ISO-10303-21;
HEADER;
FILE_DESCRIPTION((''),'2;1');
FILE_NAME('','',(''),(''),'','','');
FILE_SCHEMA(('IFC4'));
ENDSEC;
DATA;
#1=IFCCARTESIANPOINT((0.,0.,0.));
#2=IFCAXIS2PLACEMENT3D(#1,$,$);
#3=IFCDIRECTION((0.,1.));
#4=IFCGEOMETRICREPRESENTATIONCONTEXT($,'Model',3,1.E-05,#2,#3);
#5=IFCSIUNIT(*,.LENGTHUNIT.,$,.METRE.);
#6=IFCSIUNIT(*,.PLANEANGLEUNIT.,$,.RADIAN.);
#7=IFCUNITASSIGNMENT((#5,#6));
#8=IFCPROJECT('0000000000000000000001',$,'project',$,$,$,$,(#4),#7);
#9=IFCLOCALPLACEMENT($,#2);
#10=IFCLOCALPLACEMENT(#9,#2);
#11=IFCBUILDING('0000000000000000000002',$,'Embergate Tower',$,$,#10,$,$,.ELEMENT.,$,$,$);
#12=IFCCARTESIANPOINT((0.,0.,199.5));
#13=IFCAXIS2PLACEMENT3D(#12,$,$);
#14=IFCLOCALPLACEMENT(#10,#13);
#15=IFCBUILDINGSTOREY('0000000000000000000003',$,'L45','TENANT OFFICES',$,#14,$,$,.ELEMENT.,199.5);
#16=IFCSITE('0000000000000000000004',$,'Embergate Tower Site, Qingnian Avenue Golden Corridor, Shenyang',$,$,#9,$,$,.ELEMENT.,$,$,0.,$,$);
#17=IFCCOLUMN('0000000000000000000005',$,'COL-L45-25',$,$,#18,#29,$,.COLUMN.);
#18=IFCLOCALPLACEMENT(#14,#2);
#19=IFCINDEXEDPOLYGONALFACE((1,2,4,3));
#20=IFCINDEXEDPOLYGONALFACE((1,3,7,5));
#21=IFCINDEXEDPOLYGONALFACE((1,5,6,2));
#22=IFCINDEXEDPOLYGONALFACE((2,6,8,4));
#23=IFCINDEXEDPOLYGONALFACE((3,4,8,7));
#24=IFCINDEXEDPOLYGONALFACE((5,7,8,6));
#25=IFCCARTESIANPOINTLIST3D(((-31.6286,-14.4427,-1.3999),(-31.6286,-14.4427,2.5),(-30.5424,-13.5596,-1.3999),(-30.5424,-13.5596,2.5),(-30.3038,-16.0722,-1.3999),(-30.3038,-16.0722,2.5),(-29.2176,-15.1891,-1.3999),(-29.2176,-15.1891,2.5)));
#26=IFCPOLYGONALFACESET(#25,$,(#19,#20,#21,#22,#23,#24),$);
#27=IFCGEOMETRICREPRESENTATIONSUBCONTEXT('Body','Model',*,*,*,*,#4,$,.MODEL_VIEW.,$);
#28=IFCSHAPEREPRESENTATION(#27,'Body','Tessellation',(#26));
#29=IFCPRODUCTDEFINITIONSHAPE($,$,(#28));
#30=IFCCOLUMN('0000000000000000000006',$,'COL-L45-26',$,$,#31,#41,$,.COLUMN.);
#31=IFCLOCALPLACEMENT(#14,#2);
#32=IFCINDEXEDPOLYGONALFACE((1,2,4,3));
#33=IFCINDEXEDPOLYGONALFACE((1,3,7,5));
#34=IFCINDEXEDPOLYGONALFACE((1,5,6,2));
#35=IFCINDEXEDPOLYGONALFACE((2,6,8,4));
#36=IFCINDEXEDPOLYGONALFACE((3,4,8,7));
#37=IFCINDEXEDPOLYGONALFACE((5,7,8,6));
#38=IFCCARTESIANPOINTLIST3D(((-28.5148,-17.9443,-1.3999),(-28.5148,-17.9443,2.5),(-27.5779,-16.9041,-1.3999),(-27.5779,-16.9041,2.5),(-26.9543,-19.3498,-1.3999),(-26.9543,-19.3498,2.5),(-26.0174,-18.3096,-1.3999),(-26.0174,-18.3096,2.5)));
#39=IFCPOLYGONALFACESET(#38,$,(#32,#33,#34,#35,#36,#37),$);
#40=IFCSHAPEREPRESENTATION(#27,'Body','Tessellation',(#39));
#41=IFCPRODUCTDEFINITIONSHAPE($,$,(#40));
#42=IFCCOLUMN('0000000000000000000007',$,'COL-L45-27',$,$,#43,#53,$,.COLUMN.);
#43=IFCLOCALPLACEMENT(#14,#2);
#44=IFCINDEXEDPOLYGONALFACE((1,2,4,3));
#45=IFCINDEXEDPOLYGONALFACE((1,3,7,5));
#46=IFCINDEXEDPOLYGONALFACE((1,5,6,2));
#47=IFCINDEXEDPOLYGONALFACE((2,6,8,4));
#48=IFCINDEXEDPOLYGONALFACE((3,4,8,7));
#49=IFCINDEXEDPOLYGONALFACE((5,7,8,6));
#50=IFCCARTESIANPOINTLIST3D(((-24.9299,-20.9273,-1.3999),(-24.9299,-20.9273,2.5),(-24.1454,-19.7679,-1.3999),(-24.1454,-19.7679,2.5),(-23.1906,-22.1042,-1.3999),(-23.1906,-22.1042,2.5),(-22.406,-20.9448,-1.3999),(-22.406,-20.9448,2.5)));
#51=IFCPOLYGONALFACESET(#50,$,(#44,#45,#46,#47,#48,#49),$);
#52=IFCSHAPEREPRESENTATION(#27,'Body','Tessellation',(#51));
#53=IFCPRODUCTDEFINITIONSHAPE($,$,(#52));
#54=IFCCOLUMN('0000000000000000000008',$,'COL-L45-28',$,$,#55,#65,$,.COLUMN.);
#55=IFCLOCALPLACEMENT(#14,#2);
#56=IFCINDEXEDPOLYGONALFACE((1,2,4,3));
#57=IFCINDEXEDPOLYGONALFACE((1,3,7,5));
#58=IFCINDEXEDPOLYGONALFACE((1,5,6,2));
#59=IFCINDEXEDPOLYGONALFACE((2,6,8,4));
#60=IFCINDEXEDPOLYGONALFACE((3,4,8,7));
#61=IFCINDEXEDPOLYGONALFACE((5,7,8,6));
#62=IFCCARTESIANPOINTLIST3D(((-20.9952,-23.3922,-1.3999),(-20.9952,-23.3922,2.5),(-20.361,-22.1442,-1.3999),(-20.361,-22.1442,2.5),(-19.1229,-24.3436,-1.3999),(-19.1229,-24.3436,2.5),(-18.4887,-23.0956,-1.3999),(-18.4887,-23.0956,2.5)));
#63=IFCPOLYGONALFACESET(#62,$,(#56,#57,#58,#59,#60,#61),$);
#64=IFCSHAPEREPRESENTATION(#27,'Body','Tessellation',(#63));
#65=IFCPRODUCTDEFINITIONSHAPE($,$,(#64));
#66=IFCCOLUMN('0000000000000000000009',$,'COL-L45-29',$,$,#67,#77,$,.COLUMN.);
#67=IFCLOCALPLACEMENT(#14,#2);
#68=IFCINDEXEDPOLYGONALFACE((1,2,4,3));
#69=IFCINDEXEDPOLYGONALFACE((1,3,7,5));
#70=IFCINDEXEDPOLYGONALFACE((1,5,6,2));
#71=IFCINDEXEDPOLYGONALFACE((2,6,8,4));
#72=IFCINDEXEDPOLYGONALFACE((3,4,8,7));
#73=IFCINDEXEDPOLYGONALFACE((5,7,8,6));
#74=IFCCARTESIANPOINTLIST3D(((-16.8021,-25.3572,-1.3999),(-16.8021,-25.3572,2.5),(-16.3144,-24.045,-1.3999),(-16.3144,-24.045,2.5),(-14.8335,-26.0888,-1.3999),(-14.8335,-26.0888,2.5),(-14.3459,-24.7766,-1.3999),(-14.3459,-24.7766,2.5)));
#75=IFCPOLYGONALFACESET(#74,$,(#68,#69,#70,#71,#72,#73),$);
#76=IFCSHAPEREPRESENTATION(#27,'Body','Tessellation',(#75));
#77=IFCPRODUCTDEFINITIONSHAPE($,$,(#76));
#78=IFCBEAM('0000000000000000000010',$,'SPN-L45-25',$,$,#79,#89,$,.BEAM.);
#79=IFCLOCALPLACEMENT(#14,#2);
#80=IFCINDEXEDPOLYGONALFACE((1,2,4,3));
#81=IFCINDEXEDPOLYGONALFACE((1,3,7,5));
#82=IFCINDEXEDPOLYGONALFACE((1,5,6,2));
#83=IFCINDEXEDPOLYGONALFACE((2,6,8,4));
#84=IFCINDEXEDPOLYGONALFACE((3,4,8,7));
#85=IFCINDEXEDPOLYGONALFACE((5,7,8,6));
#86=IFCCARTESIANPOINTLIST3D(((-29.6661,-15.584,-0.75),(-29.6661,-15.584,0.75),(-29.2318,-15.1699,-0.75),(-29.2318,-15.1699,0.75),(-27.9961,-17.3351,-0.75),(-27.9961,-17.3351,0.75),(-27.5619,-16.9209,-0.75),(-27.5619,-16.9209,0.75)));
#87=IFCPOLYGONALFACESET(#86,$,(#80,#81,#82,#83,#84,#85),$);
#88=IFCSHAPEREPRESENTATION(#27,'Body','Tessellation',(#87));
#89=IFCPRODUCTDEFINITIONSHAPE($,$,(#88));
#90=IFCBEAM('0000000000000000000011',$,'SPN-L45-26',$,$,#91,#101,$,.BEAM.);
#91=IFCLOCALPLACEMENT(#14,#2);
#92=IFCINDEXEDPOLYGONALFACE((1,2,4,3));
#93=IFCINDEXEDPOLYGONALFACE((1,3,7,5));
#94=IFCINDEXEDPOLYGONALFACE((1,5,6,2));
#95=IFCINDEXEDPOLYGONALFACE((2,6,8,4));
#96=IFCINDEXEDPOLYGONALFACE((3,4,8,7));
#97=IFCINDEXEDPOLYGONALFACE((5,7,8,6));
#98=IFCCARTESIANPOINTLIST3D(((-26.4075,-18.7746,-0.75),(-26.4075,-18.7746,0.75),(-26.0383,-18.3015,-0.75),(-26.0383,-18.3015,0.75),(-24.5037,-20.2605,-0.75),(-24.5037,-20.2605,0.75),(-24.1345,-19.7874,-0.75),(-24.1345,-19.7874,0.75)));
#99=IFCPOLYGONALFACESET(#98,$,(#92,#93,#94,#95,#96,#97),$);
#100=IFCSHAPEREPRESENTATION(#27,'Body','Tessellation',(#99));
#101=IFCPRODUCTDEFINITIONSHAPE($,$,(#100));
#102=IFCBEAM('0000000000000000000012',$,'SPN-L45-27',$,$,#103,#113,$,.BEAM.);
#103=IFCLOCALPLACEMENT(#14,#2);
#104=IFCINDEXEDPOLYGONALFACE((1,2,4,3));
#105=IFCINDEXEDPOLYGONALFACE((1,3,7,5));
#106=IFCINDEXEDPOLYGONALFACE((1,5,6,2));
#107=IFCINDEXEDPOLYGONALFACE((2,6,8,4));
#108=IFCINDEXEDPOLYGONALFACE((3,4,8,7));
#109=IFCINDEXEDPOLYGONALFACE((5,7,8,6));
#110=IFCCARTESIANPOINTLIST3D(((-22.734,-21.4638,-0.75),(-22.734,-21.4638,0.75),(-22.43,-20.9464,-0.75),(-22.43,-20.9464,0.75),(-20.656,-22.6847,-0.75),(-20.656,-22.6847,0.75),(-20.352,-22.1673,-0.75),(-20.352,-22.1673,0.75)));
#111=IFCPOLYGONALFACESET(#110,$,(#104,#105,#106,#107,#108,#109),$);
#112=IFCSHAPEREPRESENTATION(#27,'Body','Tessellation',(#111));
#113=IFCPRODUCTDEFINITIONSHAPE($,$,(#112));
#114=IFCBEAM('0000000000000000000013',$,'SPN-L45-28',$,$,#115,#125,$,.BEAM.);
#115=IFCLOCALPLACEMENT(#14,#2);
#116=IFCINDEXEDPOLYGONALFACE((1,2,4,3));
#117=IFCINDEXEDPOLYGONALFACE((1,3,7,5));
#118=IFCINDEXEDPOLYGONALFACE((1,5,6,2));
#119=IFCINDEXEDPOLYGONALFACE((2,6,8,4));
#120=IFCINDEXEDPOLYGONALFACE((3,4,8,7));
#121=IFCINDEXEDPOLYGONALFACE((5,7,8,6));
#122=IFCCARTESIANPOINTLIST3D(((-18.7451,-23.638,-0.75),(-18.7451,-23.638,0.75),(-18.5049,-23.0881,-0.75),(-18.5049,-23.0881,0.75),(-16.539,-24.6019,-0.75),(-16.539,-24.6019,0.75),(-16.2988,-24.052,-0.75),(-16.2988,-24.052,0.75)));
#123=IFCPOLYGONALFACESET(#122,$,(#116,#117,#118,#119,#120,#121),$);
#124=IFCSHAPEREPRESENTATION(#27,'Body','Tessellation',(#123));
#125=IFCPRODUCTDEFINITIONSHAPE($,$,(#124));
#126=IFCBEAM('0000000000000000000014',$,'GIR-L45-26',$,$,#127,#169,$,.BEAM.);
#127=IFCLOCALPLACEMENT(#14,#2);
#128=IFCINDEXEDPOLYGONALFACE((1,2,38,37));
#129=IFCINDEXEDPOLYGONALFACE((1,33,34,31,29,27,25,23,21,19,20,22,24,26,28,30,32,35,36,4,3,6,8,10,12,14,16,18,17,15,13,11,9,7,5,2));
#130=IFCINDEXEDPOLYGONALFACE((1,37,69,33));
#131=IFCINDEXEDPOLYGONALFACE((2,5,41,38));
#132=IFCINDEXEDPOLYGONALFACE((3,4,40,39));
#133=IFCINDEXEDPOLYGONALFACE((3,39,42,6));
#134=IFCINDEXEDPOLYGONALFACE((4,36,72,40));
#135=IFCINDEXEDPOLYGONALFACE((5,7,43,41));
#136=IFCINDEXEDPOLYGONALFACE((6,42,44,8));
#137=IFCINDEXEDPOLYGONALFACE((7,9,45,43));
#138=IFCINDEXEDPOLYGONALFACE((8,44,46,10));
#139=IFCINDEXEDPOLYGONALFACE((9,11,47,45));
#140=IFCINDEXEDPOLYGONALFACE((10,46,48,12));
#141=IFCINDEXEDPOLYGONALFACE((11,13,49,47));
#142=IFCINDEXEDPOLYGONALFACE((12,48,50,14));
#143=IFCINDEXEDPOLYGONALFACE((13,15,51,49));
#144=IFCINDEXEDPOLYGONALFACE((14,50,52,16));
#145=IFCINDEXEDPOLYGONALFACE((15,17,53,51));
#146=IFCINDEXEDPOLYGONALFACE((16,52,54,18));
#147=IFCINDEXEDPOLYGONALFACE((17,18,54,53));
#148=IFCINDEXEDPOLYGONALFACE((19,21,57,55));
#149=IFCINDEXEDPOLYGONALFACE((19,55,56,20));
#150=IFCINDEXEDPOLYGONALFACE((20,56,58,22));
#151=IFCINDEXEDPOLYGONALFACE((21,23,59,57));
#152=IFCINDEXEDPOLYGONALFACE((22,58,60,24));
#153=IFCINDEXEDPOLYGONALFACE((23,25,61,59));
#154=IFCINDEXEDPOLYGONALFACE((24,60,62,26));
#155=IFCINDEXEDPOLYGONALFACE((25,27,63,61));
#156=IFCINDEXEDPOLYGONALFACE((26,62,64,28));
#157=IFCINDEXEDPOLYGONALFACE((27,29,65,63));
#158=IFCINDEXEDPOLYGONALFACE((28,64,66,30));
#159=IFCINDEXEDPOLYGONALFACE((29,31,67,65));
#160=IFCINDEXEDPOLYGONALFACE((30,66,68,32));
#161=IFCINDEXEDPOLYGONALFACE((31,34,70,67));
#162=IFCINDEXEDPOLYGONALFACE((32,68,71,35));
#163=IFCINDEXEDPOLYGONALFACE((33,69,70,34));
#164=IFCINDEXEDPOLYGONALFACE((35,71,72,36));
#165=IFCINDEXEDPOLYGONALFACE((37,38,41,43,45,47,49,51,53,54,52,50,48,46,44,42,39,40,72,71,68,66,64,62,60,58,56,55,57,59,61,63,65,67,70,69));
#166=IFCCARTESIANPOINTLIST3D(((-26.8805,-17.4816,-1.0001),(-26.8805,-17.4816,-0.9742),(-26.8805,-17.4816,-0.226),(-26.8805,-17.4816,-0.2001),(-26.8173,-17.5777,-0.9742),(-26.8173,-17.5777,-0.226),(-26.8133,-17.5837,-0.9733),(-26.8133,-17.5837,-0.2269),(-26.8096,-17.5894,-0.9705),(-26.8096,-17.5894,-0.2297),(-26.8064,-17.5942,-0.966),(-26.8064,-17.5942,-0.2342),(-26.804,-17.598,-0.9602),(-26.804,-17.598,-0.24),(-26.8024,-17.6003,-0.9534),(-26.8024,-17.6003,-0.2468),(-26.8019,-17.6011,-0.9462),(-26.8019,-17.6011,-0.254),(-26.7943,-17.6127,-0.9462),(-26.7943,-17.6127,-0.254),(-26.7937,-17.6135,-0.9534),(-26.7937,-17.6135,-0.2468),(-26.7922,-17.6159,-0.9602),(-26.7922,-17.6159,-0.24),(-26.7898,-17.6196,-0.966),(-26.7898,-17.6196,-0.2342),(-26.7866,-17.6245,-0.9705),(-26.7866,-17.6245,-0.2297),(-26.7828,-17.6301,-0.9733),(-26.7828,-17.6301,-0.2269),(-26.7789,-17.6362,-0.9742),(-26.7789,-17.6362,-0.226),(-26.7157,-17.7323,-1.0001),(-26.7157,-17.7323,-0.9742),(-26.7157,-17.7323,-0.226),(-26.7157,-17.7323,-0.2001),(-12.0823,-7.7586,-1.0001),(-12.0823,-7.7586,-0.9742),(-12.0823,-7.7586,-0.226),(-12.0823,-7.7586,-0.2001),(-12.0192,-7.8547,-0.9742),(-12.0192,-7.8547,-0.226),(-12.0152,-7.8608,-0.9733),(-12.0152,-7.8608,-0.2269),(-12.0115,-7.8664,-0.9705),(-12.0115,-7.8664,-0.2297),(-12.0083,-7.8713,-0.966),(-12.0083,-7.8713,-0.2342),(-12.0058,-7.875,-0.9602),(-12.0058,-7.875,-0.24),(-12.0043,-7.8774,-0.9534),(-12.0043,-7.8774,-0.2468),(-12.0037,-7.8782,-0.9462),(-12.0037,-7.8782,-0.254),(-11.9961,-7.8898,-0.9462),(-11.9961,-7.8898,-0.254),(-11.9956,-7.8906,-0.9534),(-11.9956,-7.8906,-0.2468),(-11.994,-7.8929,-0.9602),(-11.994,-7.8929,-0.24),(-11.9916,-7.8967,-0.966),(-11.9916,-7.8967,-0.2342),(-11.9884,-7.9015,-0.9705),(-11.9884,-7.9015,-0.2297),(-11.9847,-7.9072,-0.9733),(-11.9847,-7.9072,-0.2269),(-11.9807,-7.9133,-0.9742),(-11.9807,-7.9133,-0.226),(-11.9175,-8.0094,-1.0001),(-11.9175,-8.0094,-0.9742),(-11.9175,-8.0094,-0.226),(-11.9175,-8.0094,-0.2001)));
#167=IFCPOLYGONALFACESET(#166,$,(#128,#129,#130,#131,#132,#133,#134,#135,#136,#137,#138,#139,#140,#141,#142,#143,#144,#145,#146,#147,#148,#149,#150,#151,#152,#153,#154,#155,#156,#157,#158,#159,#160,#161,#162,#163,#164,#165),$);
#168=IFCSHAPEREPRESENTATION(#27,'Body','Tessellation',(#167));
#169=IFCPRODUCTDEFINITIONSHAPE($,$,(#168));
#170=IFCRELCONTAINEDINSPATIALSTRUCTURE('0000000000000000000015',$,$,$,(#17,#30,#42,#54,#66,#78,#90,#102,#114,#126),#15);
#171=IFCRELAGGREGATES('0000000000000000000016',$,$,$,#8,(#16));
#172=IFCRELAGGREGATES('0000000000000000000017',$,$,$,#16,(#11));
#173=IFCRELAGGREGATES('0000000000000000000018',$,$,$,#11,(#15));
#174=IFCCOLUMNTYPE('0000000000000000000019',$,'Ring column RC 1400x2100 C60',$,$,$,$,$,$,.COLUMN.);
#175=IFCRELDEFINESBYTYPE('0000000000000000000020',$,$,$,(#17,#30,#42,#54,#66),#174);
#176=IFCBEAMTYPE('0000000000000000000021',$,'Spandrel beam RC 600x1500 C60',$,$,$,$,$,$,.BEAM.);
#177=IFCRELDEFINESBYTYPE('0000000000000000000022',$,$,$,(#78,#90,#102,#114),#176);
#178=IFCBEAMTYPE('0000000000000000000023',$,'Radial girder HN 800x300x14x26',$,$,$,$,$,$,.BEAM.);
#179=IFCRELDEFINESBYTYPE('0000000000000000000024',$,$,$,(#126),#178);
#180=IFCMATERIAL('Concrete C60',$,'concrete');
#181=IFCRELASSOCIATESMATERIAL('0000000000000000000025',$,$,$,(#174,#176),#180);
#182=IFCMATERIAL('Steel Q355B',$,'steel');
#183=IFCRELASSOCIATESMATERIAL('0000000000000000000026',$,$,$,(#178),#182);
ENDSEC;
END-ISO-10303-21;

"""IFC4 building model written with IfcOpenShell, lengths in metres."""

from ifc_helpers import new_model, si_unit, direction, frame, origin, origin_2d, place, context, subcontext, project, spatial, rectangle, i_section, extrude, source, transform, mapped, material, material_profile, profile_set, type_object, element, save


model = new_model("IFC4")

# Units and contexts
model_context = context("Model", 3, precision=1e-05, world=origin(), true_north=direction((0.0, 1.0)))
body_context = subcontext(model_context, "Body", "Model", "MODEL_VIEW")
ifc_project = project(units=[si_unit("LENGTHUNIT", "METRE"), si_unit("PLANEANGLEUNIT", "RADIAN")], contexts=[model_context])

# Site, building, storey
site_placement = place(None, origin())
site = spatial("IfcSite", under=ifc_project, at=site_placement, Name="Embergate Tower Site, Qingnian Avenue Golden Corridor, Shenyang", CompositionType="ELEMENT", RefElevation=0.0)
building_placement = place(site_placement, origin())
building = spatial("IfcBuilding", under=site, at=building_placement, Name="Embergate Tower", CompositionType="ELEMENT")
storey_placement = place(building_placement, frame((0.0, 0.0, 199.5)))
storey = spatial("IfcBuildingStorey", under=building, at=storey_placement, Name="L45", Description="TENANT OFFICES", CompositionType="ELEMENT", Elevation=199.5)

# Columns
ifc_material_1 = material(Name="Concrete C60", Category="concrete")
ifc_material_profile_1 = material_profile(ifc_material_1, rectangle(XDim=1.3999, YDim=2.1001, at=origin_2d()), Name="RC 1400x2100")
ifc_profile_set_1 = profile_set([ifc_material_profile_1], Name="Concrete C60")
column_type = type_object("IfcColumnType", Name="Ring column RC 1400x2100 C60", PredefinedType="COLUMN", material=ifc_profile_set_1)
shared_shape_1 = source(origin(), body_context, "Body", "SweptSolid", [
    extrude(rectangle(XDim=1.3999, YDim=2.1001, at=origin_2d()), origin(), (0.0, 0.0, 1.0), 3.8999),
])
for number, where, z_axis, x_axis, name in (
    (1, (-30.4231, -14.8159, -1.3999), (0.0, 0.0, 1.0), (-0.775925, -0.630825, 0.0), "COL-L45-25"),
    (2, (-27.2661, -18.127, -1.3999), (0.0, 0.0, 1.0), (-0.669221, -0.743063, 0.0), "COL-L45-26"),
    (3, (-23.668, -20.936, -1.3999), (0.0, 0.0, 1.0), (-0.560408, -0.828217, 0.0), "COL-L45-27"),
    (4, (-19.7419, -23.2439, -1.3999), (0.0, 0.0, 1.0), (-0.453011, -0.891505, 0.0), "COL-L45-28"),
    (5, (-15.574, -25.0669, -1.3999), (0.0, 0.0, 1.0), (-0.348359, -0.937361, 0.0), "COL-L45-29"),
):
    element("IfcColumn", number, at=place(storey_placement, frame(where, z_axis=z_axis, x_axis=x_axis)), inside=storey, type_object=column_type, Name=name, PredefinedType="COLUMN", context=body_context, shape_type="MappedRepresentation", body=[
        mapped(shared_shape_1, transform((0.0, 0.0, 0.0))),
    ])

# Beams
ifc_material_profile_2 = material_profile(ifc_material_1, rectangle(XDim=0.6001, YDim=1.5, at=origin_2d()), Name="RC 600x1500")
ifc_profile_set_2 = profile_set([ifc_material_profile_2], Name="Concrete C60")
beam_type_1 = type_object("IfcBeamType", Name="Spandrel beam RC 600x1500 C60", PredefinedType="BEAM", material=ifc_profile_set_2)
shared_shape_2 = source(origin(), body_context, "Body", "SweptSolid", [
    extrude(rectangle(XDim=0.6001, YDim=1.5, at=origin_2d()), origin(), (0.0, 0.0, 1.0), 2.4197),
])
beam_1_placement = place(storey_placement, frame((-29.449, -15.377, 0.0), z_axis=(0.690159, -0.723658, 0.0), x_axis=(0.723658, 0.690159, 0.0)))
element("IfcBeam", 6, at=beam_1_placement, inside=storey, type_object=beam_type_1, Name="SPN-L45-25", PredefinedType="BEAM", context=body_context, shape_type="MappedRepresentation", body=[
    mapped(shared_shape_2, transform((0.0, 0.0, 0.0))),
])
shared_shape_3 = source(origin(), body_context, "Body", "SweptSolid", [
    extrude(rectangle(XDim=0.6001, YDim=1.5, at=origin_2d()), origin(), (0.0, 0.0, 1.0), 2.415),
])
beam_2_placement = place(storey_placement, frame((-26.2229, -18.5381, 0.0), z_axis=(0.788328, -0.615256, 0.0), x_axis=(0.615256, 0.788328, 0.0)))
element("IfcBeam", 7, at=beam_2_placement, inside=storey, type_object=beam_type_1, Name="SPN-L45-26", PredefinedType="BEAM", context=body_context, shape_type="MappedRepresentation", body=[
    mapped(shared_shape_3, transform((0.0, 0.0, 0.0))),
])
shared_shape_4 = source(origin(), body_context, "Body", "SweptSolid", [
    extrude(rectangle(XDim=0.6001, YDim=1.5, at=origin_2d()), origin(), (0.0, 0.0, 1.0), 2.4102),
])
beam_3_placement = place(storey_placement, frame((-22.582, -21.2051, 0.0), z_axis=(0.862202, -0.506564, 0.0), x_axis=(0.506564, 0.862202, 0.0)))
element("IfcBeam", 8, at=beam_3_placement, inside=storey, type_object=beam_type_1, Name="SPN-L45-27", PredefinedType="BEAM", context=body_context, shape_type="MappedRepresentation", body=[
    mapped(shared_shape_4, transform((0.0, 0.0, 0.0))),
])
shared_shape_5 = source(origin(), body_context, "Body", "SweptSolid", [
    extrude(rectangle(XDim=0.6001, YDim=1.5, at=origin_2d()), origin(), (0.0, 0.0, 1.0), 2.4075),
])
beam_4_placement = place(storey_placement, frame((-18.625, -23.363, 0.0), z_axis=(0.916353, -0.400372, 0.0), x_axis=(0.400372, 0.916353, 0.0)))
element("IfcBeam", 9, at=beam_4_placement, inside=storey, type_object=beam_type_1, Name="SPN-L45-28", PredefinedType="BEAM", context=body_context, shape_type="MappedRepresentation", body=[
    mapped(shared_shape_5, transform((0.0, 0.0, 0.0))),
])
ifc_material_2 = material(Name="Steel Q355B", Category="steel")
ifc_material_profile_3 = material_profile(ifc_material_2, i_section(OverallWidth=0.3, OverallDepth=0.8, WebThickness=0.0139, FlangeThickness=0.0259, FilletRadius=0.0281, at=origin_2d()), Name="HN 800x300x14x26")
ifc_profile_set_3 = profile_set([ifc_material_profile_3], Name="Steel Q355 grade B")
beam_type_2 = type_object("IfcBeamType", Name="Radial girder HN 800x300x14x26", PredefinedType="BEAM", material=ifc_profile_set_3)
shared_shape_6 = source(origin(), body_context, "Body", "SweptSolid", [
    extrude(i_section(OverallWidth=0.3, OverallDepth=0.8, WebThickness=0.0139, FlangeThickness=0.0259, FilletRadius=0.0281, at=origin_2d()), origin(), (0.0, 0.0, 1.0), 17.7065),
])
beam_5_placement = place(storey_placement, frame((-26.7981, -17.6069, -0.6001), z_axis=(0.835746, 0.549116, 0.0), x_axis=(-0.549116, 0.835746, 0.0)))
element("IfcBeam", 10, at=beam_5_placement, inside=storey, type_object=beam_type_2, Name="GIR-L45-26", PredefinedType="BEAM", context=body_context, shape_type="MappedRepresentation", body=[
    mapped(shared_shape_6, transform((0.0, 0.0, 0.0))),
])

save(model, "model.ifc")
